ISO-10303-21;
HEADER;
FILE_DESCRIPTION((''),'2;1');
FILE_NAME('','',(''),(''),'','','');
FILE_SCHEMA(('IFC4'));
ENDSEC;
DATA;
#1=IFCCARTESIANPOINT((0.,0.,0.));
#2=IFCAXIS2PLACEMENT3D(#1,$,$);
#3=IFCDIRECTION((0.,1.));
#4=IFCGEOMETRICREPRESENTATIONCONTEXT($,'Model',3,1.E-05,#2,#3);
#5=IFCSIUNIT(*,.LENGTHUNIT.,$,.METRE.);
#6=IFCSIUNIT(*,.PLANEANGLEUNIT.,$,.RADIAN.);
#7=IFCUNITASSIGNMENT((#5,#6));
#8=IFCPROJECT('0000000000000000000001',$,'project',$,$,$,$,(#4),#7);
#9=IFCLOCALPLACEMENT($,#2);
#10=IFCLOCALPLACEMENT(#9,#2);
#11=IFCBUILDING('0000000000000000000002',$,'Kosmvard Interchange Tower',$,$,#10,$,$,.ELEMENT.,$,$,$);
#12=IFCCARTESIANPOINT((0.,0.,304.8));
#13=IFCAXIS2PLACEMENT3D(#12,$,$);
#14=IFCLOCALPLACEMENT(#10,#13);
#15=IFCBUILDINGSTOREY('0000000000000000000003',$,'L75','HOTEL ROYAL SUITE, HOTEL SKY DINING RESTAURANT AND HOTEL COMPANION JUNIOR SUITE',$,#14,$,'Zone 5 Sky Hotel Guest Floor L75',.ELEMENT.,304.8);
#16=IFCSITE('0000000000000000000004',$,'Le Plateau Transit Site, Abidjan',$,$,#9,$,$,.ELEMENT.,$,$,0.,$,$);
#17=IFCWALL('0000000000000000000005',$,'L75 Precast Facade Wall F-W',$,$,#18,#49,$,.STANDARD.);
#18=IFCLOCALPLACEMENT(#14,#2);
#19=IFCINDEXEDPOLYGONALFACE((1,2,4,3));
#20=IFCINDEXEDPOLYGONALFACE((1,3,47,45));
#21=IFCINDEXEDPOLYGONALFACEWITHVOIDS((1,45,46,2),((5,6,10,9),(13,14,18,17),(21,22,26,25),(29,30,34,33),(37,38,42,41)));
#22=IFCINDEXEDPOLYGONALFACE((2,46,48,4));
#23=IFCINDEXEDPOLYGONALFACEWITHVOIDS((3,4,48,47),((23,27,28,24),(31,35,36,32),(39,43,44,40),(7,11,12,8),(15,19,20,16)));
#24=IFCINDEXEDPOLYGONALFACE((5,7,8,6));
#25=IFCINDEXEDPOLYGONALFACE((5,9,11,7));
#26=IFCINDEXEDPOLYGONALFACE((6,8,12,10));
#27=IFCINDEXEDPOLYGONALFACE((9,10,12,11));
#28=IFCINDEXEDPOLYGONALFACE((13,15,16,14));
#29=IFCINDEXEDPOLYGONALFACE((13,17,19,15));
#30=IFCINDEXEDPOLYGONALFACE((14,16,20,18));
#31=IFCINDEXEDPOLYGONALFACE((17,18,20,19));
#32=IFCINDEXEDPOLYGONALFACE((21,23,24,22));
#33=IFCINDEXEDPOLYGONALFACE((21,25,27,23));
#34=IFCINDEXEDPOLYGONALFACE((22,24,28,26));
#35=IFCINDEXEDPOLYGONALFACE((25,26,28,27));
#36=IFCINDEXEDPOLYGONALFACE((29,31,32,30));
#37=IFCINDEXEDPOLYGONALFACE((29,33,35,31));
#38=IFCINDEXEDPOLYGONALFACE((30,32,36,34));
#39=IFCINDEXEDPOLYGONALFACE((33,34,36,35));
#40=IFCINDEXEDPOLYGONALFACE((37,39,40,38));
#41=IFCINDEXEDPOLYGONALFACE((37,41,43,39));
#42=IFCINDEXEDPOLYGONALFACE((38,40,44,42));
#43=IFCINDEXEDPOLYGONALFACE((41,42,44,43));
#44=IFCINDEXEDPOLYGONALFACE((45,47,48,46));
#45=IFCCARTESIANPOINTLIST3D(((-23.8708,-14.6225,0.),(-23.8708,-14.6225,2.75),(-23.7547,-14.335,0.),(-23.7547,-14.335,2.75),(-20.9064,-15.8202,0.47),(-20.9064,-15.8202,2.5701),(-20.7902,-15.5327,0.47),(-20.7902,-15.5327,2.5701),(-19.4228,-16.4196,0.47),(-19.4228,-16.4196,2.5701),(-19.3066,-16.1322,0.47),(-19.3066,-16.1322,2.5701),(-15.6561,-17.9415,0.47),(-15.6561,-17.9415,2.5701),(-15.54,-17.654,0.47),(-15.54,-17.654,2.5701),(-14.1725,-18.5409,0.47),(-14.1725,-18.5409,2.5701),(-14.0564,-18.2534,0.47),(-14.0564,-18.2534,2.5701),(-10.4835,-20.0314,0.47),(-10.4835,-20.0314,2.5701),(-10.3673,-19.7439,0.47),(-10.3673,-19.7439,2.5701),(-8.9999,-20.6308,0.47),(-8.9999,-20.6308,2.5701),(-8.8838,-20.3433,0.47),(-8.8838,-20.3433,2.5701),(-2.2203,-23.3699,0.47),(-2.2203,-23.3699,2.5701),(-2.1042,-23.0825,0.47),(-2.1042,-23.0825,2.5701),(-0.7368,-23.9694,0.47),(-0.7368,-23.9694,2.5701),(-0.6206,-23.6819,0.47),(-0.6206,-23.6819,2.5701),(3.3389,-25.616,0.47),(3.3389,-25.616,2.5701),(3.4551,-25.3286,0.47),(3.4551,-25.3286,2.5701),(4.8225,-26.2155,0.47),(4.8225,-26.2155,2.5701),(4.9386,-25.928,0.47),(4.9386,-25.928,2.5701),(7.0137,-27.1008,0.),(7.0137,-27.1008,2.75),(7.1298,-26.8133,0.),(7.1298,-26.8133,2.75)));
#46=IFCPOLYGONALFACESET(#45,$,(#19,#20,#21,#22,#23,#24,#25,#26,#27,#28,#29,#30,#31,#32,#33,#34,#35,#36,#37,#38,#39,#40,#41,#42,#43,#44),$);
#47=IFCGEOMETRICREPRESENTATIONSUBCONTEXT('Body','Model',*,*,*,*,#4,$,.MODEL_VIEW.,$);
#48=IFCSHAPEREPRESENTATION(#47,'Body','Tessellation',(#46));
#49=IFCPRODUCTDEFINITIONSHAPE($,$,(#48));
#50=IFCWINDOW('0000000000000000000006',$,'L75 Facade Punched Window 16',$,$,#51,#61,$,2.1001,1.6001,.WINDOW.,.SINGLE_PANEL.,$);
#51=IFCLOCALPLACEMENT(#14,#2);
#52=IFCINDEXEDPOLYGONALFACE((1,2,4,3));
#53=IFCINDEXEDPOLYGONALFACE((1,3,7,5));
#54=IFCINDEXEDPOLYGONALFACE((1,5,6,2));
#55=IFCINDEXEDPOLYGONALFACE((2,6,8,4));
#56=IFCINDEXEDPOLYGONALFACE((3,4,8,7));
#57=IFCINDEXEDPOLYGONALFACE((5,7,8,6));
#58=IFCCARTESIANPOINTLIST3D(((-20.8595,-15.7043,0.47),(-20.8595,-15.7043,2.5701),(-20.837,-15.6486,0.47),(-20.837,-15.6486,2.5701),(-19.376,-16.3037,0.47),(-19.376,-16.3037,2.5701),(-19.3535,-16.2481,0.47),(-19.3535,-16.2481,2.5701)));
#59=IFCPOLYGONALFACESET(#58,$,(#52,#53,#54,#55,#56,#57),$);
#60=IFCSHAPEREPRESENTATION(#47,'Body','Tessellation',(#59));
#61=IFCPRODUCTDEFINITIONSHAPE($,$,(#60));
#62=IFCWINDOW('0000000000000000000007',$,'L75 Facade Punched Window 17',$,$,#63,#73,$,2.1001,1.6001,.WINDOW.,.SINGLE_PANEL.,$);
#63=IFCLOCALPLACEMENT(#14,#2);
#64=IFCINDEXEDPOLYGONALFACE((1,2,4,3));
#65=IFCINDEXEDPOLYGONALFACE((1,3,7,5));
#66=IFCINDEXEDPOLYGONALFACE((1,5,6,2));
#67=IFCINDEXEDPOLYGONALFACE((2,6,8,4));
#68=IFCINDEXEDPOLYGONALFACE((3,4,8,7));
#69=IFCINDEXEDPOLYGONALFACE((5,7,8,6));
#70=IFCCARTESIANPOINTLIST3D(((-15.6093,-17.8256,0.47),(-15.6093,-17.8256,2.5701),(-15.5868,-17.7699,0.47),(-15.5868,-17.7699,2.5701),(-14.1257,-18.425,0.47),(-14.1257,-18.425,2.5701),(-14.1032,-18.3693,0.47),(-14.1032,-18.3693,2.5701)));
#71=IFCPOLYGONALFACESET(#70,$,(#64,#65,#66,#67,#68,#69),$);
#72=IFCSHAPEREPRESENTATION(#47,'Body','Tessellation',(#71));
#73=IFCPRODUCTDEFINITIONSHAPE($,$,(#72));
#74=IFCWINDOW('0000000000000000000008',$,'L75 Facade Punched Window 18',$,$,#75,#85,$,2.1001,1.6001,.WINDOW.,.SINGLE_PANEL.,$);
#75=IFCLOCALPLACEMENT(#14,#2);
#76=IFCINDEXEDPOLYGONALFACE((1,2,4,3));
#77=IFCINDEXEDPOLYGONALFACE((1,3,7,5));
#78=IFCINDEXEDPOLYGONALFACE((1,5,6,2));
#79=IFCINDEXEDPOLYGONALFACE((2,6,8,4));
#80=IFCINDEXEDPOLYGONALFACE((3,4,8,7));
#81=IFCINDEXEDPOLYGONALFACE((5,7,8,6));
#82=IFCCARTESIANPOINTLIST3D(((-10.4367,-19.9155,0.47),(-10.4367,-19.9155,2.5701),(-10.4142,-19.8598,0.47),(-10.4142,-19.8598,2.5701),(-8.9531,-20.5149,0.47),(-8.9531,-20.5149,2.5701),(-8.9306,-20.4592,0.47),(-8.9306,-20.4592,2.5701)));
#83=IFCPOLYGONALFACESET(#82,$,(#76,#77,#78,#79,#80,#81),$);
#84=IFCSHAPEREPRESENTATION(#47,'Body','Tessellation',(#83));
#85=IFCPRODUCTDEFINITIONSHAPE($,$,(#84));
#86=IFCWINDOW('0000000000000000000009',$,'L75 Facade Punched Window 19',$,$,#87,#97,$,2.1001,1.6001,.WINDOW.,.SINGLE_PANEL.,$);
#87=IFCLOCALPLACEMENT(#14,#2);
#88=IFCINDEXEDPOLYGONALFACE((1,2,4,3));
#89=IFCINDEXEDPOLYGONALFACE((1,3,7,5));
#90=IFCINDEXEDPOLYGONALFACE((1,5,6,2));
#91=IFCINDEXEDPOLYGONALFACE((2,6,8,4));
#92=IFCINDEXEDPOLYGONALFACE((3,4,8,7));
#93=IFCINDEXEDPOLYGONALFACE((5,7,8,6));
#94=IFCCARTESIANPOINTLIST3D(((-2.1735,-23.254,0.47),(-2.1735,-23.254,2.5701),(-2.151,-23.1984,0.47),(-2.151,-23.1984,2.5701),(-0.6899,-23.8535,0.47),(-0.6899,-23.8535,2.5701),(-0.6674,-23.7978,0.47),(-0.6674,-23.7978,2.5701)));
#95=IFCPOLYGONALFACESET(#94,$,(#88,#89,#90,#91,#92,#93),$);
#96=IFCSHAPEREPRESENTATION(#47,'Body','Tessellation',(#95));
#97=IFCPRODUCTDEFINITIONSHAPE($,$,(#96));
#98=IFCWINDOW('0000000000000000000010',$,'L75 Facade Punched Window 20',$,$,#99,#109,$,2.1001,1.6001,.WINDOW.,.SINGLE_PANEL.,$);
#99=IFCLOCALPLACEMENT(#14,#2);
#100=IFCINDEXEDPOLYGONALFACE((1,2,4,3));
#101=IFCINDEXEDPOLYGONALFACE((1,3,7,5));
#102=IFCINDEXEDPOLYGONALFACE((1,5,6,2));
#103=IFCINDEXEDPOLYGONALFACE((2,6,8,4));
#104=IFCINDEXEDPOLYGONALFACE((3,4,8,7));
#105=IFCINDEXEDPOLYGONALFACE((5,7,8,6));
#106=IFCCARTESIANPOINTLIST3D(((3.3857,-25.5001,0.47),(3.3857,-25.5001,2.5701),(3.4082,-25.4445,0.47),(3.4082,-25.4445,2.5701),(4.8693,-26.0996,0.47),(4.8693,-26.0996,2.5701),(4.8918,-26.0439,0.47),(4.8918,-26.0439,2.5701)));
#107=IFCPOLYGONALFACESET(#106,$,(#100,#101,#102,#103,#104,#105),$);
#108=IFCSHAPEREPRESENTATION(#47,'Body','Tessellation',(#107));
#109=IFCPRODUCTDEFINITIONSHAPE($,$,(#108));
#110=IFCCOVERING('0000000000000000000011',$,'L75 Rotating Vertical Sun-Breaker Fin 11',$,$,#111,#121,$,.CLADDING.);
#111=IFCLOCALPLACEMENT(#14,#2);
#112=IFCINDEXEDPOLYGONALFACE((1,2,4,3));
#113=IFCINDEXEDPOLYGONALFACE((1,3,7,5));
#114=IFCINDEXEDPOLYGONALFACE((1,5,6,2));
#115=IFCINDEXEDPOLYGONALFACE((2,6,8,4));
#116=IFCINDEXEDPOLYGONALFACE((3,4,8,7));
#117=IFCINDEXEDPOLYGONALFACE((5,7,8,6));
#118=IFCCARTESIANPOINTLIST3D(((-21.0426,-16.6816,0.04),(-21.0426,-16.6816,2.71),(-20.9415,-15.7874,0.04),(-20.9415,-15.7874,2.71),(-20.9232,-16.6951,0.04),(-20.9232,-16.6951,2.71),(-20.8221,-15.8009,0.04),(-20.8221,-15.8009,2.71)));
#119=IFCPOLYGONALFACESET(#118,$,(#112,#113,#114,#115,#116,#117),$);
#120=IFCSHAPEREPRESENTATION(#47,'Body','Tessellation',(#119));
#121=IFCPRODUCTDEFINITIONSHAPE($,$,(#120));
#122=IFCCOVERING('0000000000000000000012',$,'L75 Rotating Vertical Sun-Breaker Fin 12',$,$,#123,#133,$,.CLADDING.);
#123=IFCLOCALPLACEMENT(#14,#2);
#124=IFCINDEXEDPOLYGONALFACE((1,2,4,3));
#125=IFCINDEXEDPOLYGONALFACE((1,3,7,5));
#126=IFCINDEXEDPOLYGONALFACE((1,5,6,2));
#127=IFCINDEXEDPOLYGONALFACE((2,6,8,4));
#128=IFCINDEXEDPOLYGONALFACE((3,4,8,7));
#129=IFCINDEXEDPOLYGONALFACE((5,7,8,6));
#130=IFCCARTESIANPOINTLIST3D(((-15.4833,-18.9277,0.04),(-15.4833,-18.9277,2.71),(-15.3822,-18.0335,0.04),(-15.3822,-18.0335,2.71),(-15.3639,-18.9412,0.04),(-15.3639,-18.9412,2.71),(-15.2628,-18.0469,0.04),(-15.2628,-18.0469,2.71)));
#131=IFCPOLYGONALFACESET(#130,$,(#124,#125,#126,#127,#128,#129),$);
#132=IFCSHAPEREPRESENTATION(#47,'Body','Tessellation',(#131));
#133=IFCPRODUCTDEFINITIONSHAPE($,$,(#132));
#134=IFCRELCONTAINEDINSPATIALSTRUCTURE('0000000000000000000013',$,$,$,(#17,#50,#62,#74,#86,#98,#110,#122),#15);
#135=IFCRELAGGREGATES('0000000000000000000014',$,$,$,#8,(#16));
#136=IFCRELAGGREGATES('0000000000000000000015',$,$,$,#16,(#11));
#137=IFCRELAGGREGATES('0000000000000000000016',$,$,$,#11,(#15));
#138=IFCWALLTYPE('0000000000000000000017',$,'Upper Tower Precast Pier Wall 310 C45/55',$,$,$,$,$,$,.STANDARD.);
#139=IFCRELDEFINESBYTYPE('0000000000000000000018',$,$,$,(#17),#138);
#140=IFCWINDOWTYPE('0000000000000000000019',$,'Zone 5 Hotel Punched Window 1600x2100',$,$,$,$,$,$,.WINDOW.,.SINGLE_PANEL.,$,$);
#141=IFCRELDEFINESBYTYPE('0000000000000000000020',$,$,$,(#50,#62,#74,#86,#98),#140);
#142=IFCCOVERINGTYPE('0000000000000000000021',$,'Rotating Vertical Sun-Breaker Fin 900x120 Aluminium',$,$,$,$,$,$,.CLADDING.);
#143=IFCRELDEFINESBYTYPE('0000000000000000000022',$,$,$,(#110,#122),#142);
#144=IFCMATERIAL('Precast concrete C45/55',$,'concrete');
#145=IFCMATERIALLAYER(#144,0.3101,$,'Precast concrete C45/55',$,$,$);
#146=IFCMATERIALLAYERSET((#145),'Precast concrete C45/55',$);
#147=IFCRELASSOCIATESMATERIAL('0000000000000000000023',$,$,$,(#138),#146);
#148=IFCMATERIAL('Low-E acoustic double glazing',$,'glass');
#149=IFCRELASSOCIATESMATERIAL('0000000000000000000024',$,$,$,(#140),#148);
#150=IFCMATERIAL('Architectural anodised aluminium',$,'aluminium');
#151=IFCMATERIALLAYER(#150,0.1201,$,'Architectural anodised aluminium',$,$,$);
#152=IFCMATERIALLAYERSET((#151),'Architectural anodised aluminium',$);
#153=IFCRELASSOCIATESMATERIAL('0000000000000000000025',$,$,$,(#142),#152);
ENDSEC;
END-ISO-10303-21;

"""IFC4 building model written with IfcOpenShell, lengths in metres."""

from ifc_helpers import new_model, si_unit, direction, frame, frame_2d, origin, origin_2d, place, context, subcontext, project, spatial, rectangle, extrude, source, transform, mapped, material, layer, layer_set, type_object, element, fill, save


model = new_model("IFC4")

# Units and contexts
model_context = context("Model", 3, precision=1e-05, world=origin(), true_north=direction((0.0, 1.0)))
body_context = subcontext(model_context, "Body", "Model", "MODEL_VIEW")
ifc_project = project(units=[si_unit("LENGTHUNIT", "METRE"), si_unit("PLANEANGLEUNIT", "RADIAN")], contexts=[model_context])

# Site, building, storey
site_placement = place(None, origin())
site = spatial("IfcSite", under=ifc_project, at=site_placement, Name="Le Plateau Transit Site, Abidjan", CompositionType="ELEMENT", RefElevation=0.0)
building_placement = place(site_placement, origin())
building = spatial("IfcBuilding", under=site, at=building_placement, Name="Kosmvard Interchange Tower", CompositionType="ELEMENT")
storey_placement = place(building_placement, frame((0.0, 0.0, 304.8)))
storey = spatial("IfcBuildingStorey", under=building, at=storey_placement, Name="L75", Description="HOTEL ROYAL SUITE, HOTEL SKY DINING RESTAURANT AND HOTEL COMPANION JUNIOR SUITE", LongName="Zone 5 Sky Hotel Guest Floor L75", CompositionType="ELEMENT", Elevation=304.8)

# Wall, openings, windows
ifc_material_1 = material(Name="Precast concrete C45/55", Category="concrete")
ifc_layer_1 = layer(ifc_material_1, 0.3101, Name="Precast concrete C45/55")
ifc_layer_set_1 = layer_set([ifc_layer_1], Name="Precast concrete C45/55")
wall_type = type_object("IfcWallType", Name="Upper Tower Precast Pier Wall 310 C45/55", PredefinedType="STANDARD", material=ifc_layer_set_1)
wall_placement = place(storey_placement, frame((-23.8127, -14.4788, 0.0), z_axis=(0.0, 0.0, 1.0), x_axis=(0.927183, -0.37461, 0.0)))
wall = element("IfcWall", 1, at=wall_placement, inside=storey, type_object=wall_type, Name="L75 Precast Facade Wall F-W", PredefinedType="STANDARD", context=body_context, shape_type="SweptSolid", body=[
    extrude(rectangle(XDim=33.3101, YDim=0.3101, at=frame_2d((16.655, 0.0))), origin(), (0.0, 0.0, 1.0), 2.75),
])
opening_1_placement = place(wall_placement, frame((3.1973, 0.0, 0.47)))
opening_1 = element("IfcOpeningElement", 2, at=opening_1_placement, cuts=wall, PredefinedType="OPENING", context=body_context, shape_type="SweptSolid", body=[
    extrude(rectangle(XDim=1.6001, YDim=2.1001, at=frame_2d((0.8, 1.05))), frame((0.0, 0.165, 0.0), z_axis=(0.0, -1.0, 0.0), x_axis=(1.0, 0.0, 0.0)), (0.0, 0.0, 1.0), 0.3301),
])
opening_2_placement = place(wall_placement, frame((8.8599, 0.0, 0.47)))
opening_2 = element("IfcOpeningElement", 3, at=opening_2_placement, cuts=wall, PredefinedType="OPENING", context=body_context, shape_type="SweptSolid", body=[
    extrude(rectangle(XDim=1.6001, YDim=2.1001, at=frame_2d((0.8, 1.05))), frame((0.0, 0.165, 0.0), z_axis=(0.0, -1.0, 0.0), x_axis=(1.0, 0.0, 0.0)), (0.0, 0.0, 1.0), 0.3301),
])
opening_3_placement = place(wall_placement, frame((14.4387, 0.0, 0.47)))
opening_3 = element("IfcOpeningElement", 4, at=opening_3_placement, cuts=wall, PredefinedType="OPENING", context=body_context, shape_type="SweptSolid", body=[
    extrude(rectangle(XDim=1.6001, YDim=2.1001, at=frame_2d((0.8, 1.05))), frame((0.0, 0.165, 0.0), z_axis=(0.0, -1.0, 0.0), x_axis=(1.0, 0.0, 0.0)), (0.0, 0.0, 1.0), 0.3301),
])
opening_4_placement = place(wall_placement, frame((23.3508, 0.0, 0.47)))
opening_4 = element("IfcOpeningElement", 5, at=opening_4_placement, cuts=wall, PredefinedType="OPENING", context=body_context, shape_type="SweptSolid", body=[
    extrude(rectangle(XDim=1.6001, YDim=2.1001, at=frame_2d((0.8, 1.05))), frame((0.0, 0.165, 0.0), z_axis=(0.0, -1.0, 0.0), x_axis=(1.0, 0.0, 0.0)), (0.0, 0.0, 1.0), 0.3301),
])
opening_5_placement = place(wall_placement, frame((29.3467, 0.0, 0.47)))
opening_5 = element("IfcOpeningElement", 6, at=opening_5_placement, cuts=wall, PredefinedType="OPENING", context=body_context, shape_type="SweptSolid", body=[
    extrude(rectangle(XDim=1.6001, YDim=2.1001, at=frame_2d((0.8, 1.05))), frame((0.0, 0.165, 0.0), z_axis=(0.0, -1.0, 0.0), x_axis=(1.0, 0.0, 0.0)), (0.0, 0.0, 1.0), 0.3301),
])
ifc_material_2 = material(Name="Low-E acoustic double glazing", Category="glass")
window_type = type_object("IfcWindowType", Name="Zone 5 Hotel Punched Window 1600x2100", PartitioningType="SINGLE_PANEL", PredefinedType="WINDOW", material=ifc_material_2)
shared_shape_1 = source(origin(), body_context, "Body", "SweptSolid", [
    extrude(rectangle(XDim=1.6001, YDim=2.1001, at=frame_2d((0.8, 1.05))), frame((0.0, 0.03, 0.0), z_axis=(0.0, -1.0, 0.0), x_axis=(1.0, 0.0, 0.0)), (0.0, 0.0, 1.0), 0.0601),
])
window_1_placement = place(opening_1_placement, origin())
window_1 = element("IfcWindow", 7, at=window_1_placement, inside=storey, type_object=window_type, Name="L75 Facade Punched Window 16", OverallHeight=2.1001, OverallWidth=1.6001, PartitioningType="SINGLE_PANEL", PredefinedType="WINDOW", context=body_context, shape_type="MappedRepresentation", body=[
    mapped(shared_shape_1, transform((0.0, 0.0, 0.0), scale=1.0)),
])
fill(opening_1, window_1)
window_2_placement = place(opening_2_placement, origin())
window_2 = element("IfcWindow", 8, at=window_2_placement, inside=storey, type_object=window_type, Name="L75 Facade Punched Window 17", OverallHeight=2.1001, OverallWidth=1.6001, PartitioningType="SINGLE_PANEL", PredefinedType="WINDOW", context=body_context, shape_type="MappedRepresentation", body=[
    mapped(shared_shape_1, transform((0.0, 0.0, 0.0), scale=1.0)),
])
fill(opening_2, window_2)
window_3_placement = place(opening_3_placement, origin())
window_3 = element("IfcWindow", 9, at=window_3_placement, inside=storey, type_object=window_type, Name="L75 Facade Punched Window 18", OverallHeight=2.1001, OverallWidth=1.6001, PartitioningType="SINGLE_PANEL", PredefinedType="WINDOW", context=body_context, shape_type="MappedRepresentation", body=[
    mapped(shared_shape_1, transform((0.0, 0.0, 0.0), scale=1.0)),
])
fill(opening_3, window_3)
window_4_placement = place(opening_4_placement, origin())
window_4 = element("IfcWindow", 10, at=window_4_placement, inside=storey, type_object=window_type, Name="L75 Facade Punched Window 19", OverallHeight=2.1001, OverallWidth=1.6001, PartitioningType="SINGLE_PANEL", PredefinedType="WINDOW", context=body_context, shape_type="MappedRepresentation", body=[
    mapped(shared_shape_1, transform((0.0, 0.0, 0.0), scale=1.0)),
])
fill(opening_4, window_4)
window_5_placement = place(opening_5_placement, origin())
window_5 = element("IfcWindow", 11, at=window_5_placement, inside=storey, type_object=window_type, Name="L75 Facade Punched Window 20", OverallHeight=2.1001, OverallWidth=1.6001, PartitioningType="SINGLE_PANEL", PredefinedType="WINDOW", context=body_context, shape_type="MappedRepresentation", body=[
    mapped(shared_shape_1, transform((0.0, 0.0, 0.0), scale=1.0)),
])
fill(opening_5, window_5)

# Coverings
ifc_material_3 = material(Name="Architectural anodised aluminium", Category="aluminium")
ifc_layer_2 = layer(ifc_material_3, 0.1201, Name="Architectural anodised aluminium")
ifc_layer_set_2 = layer_set([ifc_layer_2], Name="Architectural anodised aluminium")
covering_type = type_object("IfcCoveringType", Name="Rotating Vertical Sun-Breaker Fin 900x120 Aluminium", PredefinedType="CLADDING", material=ifc_layer_set_2)
shared_shape_2 = source(origin(), body_context, "Body", "SweptSolid", [
    extrude(rectangle(XDim=0.8999, YDim=0.1201, at=origin_2d()), origin(), (0.0, 0.0, 1.0), 2.6699),
])
for number, where, z_axis, x_axis, name in (
    (12, (-20.9324, -16.2412, 0.04), (0.0, 0.0, 1.0), (-0.112336, -0.99367, 0.0), "L75 Rotating Vertical Sun-Breaker Fin 11"),
    (13, (-15.373, -18.4873, 0.04), (0.0, 0.0, 1.0), (-0.112336, -0.99367, 0.0), "L75 Rotating Vertical Sun-Breaker Fin 12"),
):
    element("IfcCovering", number, at=place(storey_placement, frame(where, z_axis=z_axis, x_axis=x_axis)), inside=storey, type_object=covering_type, Name=name, PredefinedType="CLADDING", context=body_context, shape_type="MappedRepresentation", body=[
        mapped(shared_shape_2, transform((0.0, 0.0, 0.0), scale=1.0)),
    ])

save(model, "model.ifc")
